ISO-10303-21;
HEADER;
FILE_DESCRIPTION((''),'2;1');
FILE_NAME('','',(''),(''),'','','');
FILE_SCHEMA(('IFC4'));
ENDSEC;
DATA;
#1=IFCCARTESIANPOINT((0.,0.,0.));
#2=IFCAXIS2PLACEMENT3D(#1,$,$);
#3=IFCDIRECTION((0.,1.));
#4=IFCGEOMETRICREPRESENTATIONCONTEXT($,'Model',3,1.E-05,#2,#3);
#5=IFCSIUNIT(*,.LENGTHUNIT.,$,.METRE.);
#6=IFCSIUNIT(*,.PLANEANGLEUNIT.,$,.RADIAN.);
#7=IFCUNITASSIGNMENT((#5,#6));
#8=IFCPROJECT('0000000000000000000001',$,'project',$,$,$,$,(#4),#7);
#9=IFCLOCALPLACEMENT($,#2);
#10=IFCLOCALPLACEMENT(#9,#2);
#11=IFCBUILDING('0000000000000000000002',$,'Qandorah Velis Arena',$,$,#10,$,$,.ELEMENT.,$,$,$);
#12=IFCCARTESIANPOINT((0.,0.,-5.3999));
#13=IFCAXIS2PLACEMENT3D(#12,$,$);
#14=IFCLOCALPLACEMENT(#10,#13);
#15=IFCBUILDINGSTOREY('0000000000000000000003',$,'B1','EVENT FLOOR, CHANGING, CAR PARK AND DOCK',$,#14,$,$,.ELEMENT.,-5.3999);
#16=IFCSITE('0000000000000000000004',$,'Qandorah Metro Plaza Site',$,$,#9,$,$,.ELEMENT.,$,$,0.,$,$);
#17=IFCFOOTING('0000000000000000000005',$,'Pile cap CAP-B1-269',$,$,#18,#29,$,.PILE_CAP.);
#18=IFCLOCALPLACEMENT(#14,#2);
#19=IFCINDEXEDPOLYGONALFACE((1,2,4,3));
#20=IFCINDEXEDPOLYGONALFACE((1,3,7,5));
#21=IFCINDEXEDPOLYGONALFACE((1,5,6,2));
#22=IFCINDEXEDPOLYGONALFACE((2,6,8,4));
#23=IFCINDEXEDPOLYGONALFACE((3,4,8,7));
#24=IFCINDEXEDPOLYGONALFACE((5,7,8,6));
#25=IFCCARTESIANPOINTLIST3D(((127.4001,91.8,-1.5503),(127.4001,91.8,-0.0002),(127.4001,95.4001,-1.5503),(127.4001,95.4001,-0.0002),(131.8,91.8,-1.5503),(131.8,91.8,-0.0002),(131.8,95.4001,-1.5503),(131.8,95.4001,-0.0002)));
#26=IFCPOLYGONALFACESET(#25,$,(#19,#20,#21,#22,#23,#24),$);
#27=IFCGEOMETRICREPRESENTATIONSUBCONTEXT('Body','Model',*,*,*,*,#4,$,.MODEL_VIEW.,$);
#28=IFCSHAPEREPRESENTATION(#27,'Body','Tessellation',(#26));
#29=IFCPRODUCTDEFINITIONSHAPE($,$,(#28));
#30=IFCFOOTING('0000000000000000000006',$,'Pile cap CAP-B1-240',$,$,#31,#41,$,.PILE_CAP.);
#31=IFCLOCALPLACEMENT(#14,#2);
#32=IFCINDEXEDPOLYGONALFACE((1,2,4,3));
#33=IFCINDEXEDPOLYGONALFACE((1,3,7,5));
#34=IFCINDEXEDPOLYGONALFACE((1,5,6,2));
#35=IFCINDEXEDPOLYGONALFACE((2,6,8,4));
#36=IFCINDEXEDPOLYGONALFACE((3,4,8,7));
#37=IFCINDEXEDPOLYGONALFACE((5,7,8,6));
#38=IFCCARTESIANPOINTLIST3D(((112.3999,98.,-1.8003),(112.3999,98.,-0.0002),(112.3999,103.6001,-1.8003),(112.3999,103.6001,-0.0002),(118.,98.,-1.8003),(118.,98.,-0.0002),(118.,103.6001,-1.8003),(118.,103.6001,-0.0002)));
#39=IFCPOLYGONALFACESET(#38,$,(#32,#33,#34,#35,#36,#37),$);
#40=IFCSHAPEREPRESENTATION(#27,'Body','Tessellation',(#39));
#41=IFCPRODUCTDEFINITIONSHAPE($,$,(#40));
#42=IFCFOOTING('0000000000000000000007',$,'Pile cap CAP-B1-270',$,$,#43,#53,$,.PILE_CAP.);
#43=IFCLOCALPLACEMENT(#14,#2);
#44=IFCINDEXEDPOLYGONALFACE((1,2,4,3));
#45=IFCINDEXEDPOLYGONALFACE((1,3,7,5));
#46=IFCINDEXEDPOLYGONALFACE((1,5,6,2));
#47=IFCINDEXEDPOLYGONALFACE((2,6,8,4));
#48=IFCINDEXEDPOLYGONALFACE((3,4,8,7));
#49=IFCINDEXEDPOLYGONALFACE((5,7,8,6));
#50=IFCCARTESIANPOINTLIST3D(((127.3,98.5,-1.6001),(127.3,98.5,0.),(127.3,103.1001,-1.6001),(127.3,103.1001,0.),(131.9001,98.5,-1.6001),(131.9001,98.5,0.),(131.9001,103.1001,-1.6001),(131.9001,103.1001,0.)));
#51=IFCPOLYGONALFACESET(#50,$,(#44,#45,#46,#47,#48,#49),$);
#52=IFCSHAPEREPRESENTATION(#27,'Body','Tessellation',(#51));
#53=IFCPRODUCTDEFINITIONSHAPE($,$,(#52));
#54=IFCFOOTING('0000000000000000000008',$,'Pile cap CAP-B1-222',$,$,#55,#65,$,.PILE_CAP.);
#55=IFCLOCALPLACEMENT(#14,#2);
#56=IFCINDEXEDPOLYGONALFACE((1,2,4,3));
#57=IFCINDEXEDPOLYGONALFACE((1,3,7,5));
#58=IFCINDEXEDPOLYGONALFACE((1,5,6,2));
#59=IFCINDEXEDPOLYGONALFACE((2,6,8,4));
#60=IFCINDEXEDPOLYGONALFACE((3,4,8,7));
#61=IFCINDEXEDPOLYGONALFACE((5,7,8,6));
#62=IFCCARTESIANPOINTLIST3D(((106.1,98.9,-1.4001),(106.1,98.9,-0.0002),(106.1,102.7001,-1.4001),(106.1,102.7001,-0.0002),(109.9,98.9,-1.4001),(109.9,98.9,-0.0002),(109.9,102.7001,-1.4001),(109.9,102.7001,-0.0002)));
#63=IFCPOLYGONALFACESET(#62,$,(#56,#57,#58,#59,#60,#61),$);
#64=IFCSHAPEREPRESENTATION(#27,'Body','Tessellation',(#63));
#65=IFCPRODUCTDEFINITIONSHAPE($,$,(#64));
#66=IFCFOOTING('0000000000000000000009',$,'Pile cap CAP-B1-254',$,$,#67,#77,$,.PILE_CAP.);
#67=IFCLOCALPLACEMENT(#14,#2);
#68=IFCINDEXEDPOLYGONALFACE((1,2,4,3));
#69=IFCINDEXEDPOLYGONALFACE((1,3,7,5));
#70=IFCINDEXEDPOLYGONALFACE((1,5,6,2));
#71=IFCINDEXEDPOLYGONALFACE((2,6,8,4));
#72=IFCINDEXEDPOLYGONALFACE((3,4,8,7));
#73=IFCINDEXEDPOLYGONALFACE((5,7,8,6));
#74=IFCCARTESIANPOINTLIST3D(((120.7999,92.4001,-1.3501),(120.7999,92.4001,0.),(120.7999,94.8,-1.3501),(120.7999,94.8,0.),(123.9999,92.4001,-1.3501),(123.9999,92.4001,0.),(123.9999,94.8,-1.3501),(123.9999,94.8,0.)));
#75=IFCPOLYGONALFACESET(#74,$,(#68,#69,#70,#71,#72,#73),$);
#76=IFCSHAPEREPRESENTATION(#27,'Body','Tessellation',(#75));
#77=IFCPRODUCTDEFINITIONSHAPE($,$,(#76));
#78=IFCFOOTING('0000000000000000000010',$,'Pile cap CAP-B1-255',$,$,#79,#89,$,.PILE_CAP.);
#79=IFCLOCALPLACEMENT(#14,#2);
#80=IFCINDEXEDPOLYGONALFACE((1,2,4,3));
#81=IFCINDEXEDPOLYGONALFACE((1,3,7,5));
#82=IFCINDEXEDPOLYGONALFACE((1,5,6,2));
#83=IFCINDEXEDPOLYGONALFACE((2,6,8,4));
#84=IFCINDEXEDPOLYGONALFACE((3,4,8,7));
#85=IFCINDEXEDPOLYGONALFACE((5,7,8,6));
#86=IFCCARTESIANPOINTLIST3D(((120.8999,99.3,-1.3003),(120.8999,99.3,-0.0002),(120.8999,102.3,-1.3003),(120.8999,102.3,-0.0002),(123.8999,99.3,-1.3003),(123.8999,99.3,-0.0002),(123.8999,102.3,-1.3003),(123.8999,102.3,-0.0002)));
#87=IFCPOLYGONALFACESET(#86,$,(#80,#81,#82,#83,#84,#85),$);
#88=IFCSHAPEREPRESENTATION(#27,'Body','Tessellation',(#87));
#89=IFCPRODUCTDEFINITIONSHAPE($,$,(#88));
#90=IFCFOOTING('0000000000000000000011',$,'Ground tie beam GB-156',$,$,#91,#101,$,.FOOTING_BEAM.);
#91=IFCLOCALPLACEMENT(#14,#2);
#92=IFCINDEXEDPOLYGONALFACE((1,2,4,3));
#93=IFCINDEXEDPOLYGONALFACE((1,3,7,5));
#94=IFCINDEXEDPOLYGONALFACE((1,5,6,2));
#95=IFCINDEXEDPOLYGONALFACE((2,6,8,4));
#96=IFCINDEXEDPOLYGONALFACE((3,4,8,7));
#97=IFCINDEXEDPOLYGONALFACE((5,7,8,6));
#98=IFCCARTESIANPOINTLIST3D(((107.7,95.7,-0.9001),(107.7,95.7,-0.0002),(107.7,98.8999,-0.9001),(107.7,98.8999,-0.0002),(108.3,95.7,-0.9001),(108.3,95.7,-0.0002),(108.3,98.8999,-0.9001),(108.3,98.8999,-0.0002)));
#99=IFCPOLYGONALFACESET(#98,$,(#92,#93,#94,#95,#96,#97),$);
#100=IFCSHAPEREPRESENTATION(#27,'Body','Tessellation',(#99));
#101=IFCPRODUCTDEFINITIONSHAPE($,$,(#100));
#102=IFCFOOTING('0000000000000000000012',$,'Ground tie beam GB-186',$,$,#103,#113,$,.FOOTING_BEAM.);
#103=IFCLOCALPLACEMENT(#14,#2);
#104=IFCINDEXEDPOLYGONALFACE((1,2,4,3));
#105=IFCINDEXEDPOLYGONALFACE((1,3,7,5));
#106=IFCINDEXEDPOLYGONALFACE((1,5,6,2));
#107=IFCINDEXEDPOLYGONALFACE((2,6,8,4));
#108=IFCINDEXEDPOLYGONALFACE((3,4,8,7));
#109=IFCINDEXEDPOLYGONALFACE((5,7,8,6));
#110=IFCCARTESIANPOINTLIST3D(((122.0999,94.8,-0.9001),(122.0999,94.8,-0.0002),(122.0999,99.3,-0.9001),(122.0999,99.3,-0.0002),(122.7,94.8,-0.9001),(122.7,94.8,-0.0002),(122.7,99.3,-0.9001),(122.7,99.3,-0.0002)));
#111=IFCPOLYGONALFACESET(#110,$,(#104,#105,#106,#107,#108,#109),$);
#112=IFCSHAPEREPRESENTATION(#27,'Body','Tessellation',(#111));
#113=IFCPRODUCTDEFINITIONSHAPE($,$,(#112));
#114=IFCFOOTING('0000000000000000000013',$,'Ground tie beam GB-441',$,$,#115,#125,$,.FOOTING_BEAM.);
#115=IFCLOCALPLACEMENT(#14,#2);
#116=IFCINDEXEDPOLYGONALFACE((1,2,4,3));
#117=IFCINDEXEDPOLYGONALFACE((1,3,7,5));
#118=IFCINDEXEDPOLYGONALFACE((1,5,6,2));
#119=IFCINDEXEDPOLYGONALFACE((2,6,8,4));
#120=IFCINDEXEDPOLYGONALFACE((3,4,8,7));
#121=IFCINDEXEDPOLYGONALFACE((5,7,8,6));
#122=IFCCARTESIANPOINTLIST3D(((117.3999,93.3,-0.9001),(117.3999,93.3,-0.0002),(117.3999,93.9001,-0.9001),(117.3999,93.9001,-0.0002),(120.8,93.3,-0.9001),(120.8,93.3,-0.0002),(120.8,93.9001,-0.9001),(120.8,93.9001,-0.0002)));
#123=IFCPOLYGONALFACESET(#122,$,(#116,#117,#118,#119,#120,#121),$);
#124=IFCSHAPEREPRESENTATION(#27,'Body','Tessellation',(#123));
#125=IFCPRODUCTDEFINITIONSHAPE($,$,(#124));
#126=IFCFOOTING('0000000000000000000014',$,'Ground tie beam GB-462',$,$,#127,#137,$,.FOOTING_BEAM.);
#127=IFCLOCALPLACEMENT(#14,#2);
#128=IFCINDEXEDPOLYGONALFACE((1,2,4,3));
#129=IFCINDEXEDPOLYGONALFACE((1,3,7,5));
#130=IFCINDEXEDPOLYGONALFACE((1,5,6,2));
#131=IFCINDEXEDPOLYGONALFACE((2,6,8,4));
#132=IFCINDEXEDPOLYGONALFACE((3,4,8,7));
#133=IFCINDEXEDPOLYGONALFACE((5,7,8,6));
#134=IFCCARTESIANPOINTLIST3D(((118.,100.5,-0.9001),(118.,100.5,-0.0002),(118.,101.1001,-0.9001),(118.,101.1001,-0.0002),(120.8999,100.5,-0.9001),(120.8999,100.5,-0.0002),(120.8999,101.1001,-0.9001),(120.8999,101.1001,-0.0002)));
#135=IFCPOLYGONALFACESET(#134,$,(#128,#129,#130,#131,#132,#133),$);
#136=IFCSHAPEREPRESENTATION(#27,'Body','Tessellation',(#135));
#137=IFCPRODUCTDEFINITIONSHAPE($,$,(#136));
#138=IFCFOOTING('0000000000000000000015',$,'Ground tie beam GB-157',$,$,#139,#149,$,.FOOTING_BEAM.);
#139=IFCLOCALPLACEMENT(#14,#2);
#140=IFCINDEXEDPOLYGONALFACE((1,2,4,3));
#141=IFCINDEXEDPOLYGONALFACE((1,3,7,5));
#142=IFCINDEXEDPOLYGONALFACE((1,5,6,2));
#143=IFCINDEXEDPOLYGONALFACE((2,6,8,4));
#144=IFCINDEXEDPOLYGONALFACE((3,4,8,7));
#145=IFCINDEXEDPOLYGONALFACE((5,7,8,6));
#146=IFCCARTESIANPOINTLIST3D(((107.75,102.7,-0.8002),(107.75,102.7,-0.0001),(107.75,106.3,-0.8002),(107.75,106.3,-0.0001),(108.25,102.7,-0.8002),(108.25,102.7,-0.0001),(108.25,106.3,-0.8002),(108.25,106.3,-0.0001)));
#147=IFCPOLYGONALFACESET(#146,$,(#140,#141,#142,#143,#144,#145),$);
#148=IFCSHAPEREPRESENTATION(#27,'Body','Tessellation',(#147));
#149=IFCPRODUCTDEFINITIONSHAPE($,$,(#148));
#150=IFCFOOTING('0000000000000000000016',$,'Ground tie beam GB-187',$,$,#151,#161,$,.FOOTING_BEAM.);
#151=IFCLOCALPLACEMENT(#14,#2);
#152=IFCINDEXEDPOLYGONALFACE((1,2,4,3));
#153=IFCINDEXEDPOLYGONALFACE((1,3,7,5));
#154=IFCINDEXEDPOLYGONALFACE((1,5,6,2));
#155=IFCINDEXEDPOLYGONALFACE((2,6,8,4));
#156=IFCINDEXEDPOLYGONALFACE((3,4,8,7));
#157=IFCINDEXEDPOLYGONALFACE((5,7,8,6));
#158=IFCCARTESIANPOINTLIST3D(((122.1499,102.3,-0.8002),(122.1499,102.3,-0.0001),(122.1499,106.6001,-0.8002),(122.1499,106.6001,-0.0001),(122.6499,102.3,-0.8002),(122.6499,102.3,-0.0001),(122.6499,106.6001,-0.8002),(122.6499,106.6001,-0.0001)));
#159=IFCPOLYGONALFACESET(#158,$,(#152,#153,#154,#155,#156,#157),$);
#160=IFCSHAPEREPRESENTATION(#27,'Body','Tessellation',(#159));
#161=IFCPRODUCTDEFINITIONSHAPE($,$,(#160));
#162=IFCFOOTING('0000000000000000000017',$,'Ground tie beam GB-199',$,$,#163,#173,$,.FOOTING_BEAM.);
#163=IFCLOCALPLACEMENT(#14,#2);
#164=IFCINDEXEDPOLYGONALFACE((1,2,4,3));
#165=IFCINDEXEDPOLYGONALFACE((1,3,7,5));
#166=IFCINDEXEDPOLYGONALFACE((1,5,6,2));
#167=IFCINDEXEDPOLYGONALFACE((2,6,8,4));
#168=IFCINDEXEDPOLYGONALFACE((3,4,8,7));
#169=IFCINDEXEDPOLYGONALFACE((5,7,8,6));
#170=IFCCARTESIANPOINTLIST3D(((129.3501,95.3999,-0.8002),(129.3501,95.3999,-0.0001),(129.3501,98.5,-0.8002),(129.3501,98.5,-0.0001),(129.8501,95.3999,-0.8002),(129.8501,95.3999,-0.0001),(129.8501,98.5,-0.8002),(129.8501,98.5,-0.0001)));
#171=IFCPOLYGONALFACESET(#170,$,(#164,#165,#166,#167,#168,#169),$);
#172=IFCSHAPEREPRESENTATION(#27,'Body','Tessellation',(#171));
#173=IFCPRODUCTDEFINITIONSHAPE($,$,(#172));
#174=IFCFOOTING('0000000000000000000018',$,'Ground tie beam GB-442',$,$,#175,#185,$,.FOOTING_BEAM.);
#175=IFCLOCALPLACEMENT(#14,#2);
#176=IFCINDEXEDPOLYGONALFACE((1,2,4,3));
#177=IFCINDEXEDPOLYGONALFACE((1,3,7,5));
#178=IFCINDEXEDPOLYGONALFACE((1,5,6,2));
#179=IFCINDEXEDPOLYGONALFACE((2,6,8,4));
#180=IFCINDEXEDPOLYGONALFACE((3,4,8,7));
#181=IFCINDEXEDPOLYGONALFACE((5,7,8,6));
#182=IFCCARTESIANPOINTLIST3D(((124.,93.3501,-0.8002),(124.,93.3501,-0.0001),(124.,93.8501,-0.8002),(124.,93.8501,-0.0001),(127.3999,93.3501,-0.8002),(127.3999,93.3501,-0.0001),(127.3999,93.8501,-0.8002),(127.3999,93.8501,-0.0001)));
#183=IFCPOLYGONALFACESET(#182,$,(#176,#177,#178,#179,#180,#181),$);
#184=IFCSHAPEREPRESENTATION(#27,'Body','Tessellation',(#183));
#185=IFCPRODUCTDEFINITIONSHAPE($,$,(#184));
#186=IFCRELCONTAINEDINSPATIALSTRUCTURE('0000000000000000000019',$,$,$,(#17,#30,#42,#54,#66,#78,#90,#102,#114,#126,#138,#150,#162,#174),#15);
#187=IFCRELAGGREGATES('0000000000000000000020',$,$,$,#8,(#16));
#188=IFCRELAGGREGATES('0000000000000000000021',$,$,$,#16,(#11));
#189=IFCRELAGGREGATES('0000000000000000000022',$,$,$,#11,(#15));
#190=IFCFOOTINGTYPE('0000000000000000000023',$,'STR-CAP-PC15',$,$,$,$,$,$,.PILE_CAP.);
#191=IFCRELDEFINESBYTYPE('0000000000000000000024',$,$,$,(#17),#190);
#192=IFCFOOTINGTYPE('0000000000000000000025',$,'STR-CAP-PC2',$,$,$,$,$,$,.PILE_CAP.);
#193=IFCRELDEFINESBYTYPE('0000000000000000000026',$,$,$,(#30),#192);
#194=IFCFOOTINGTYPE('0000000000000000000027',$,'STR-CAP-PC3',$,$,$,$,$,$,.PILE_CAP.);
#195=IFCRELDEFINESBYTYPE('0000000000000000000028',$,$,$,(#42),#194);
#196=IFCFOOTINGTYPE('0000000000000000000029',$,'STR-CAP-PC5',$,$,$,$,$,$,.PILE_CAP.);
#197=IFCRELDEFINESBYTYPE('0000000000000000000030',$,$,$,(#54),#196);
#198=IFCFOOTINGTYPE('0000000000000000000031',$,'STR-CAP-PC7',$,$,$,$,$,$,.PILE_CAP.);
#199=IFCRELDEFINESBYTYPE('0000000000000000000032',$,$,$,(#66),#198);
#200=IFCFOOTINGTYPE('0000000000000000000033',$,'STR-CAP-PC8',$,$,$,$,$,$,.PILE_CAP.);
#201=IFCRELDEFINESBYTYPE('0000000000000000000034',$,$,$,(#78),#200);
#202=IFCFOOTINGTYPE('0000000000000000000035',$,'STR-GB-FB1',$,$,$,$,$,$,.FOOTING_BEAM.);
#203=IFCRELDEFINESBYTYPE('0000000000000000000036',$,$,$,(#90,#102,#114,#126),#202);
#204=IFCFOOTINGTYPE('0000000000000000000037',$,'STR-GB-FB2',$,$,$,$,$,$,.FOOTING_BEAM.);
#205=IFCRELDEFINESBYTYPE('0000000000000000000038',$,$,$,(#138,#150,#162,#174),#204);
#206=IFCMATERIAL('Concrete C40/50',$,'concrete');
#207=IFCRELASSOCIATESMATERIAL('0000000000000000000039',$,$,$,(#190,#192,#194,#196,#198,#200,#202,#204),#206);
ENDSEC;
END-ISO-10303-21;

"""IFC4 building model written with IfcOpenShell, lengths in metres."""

from ifc_helpers import new_model, si_unit, direction, frame, origin, origin_2d, place, context, subcontext, project, spatial, rectangle, extrude, material, material_profile, profile_set, type_object, element, save


model = new_model("IFC4")

# Units and contexts
model_context = context("Model", 3, precision=1e-05, world=origin(), true_north=direction((0.0, 1.0)))
body_context = subcontext(model_context, "Body", "Model", "MODEL_VIEW")
ifc_project = project(units=[si_unit("LENGTHUNIT", "METRE"), si_unit("PLANEANGLEUNIT", "RADIAN")], contexts=[model_context])

# Site, building, storey
site_placement = place(None, origin())
site = spatial("IfcSite", under=ifc_project, at=site_placement, Name="Qandorah Metro Plaza Site", CompositionType="ELEMENT", RefElevation=0.0)
building_placement = place(site_placement, origin())
building = spatial("IfcBuilding", under=site, at=building_placement, Name="Qandorah Velis Arena", CompositionType="ELEMENT")
storey_placement = place(building_placement, frame((0.0, 0.0, -5.3999)))
storey = spatial("IfcBuildingStorey", under=building, at=storey_placement, Name="B1", Description="EVENT FLOOR, CHANGING, CAR PARK AND DOCK", CompositionType="ELEMENT", Elevation=-5.3999)

# Footings
ifc_material_1 = material(Name="Concrete C40/50", Category="concrete")
footing_type_1 = type_object("IfcFootingType", Name="STR-CAP-PC15", PredefinedType="PILE_CAP", material=ifc_material_1)
footing_1_placement = place(storey_placement, frame((129.6001, 93.6001, -1.5503), z_axis=(0.0, 0.0, 1.0), x_axis=(1.0, 0.0, 0.0)))
element("IfcFooting", 1, at=footing_1_placement, inside=storey, type_object=footing_type_1, Name="Pile cap CAP-B1-269", PredefinedType="PILE_CAP", context=body_context, shape_type="SweptSolid", body=[
    extrude(rectangle(XDim=4.3999, YDim=3.6001, at=origin_2d()), origin(), (0.0, 0.0, 1.0), 1.55),
])
footing_type_2 = type_object("IfcFootingType", Name="STR-CAP-PC2", PredefinedType="PILE_CAP", material=ifc_material_1)
footing_2_placement = place(storey_placement, frame((115.2, 100.8, -1.8003), z_axis=(0.0, 0.0, 1.0), x_axis=(1.0, 0.0, 0.0)))
element("IfcFooting", 2, at=footing_2_placement, inside=storey, type_object=footing_type_2, Name="Pile cap CAP-B1-240", PredefinedType="PILE_CAP", context=body_context, shape_type="SweptSolid", body=[
    extrude(rectangle(XDim=5.6001, YDim=5.6001, at=origin_2d()), origin(), (0.0, 0.0, 1.0), 1.8),
])
footing_type_3 = type_object("IfcFootingType", Name="STR-CAP-PC3", PredefinedType="PILE_CAP", material=ifc_material_1)
footing_3_placement = place(storey_placement, frame((129.6001, 100.8, -1.6001), z_axis=(0.0, 0.0, 1.0), x_axis=(1.0, 0.0, 0.0)))
element("IfcFooting", 3, at=footing_3_placement, inside=storey, type_object=footing_type_3, Name="Pile cap CAP-B1-270", PredefinedType="PILE_CAP", context=body_context, shape_type="SweptSolid", body=[
    extrude(rectangle(XDim=4.6001, YDim=4.6001, at=origin_2d()), origin(), (0.0, 0.0, 1.0), 1.6001),
])
footing_type_4 = type_object("IfcFootingType", Name="STR-CAP-PC5", PredefinedType="PILE_CAP", material=ifc_material_1)
footing_4_placement = place(storey_placement, frame((108.0, 100.8, -1.4001), z_axis=(0.0, 0.0, 1.0), x_axis=(1.0, 0.0, 0.0)))
element("IfcFooting", 4, at=footing_4_placement, inside=storey, type_object=footing_type_4, Name="Pile cap CAP-B1-222", PredefinedType="PILE_CAP", context=body_context, shape_type="SweptSolid", body=[
    extrude(rectangle(XDim=3.8, YDim=3.8, at=origin_2d()), origin(), (0.0, 0.0, 1.0), 1.3999),
])
footing_type_5 = type_object("IfcFootingType", Name="STR-CAP-PC7", PredefinedType="PILE_CAP", material=ifc_material_1)
footing_5_placement = place(storey_placement, frame((122.3999, 93.6001, -1.3501), z_axis=(0.0, 0.0, 1.0), x_axis=(1.0, 0.0, 0.0)))
element("IfcFooting", 5, at=footing_5_placement, inside=storey, type_object=footing_type_5, Name="Pile cap CAP-B1-254", PredefinedType="PILE_CAP", context=body_context, shape_type="SweptSolid", body=[
    extrude(rectangle(XDim=3.2, YDim=2.3999, at=origin_2d()), origin(), (0.0, 0.0, 1.0), 1.3501),
])
footing_type_6 = type_object("IfcFootingType", Name="STR-CAP-PC8", PredefinedType="PILE_CAP", material=ifc_material_1)
footing_6_placement = place(storey_placement, frame((122.3999, 100.8, -1.3003), z_axis=(0.0, 0.0, 1.0), x_axis=(1.0, 0.0, 0.0)))
element("IfcFooting", 6, at=footing_6_placement, inside=storey, type_object=footing_type_6, Name="Pile cap CAP-B1-255", PredefinedType="PILE_CAP", context=body_context, shape_type="SweptSolid", body=[
    extrude(rectangle(XDim=3.0, YDim=3.0, at=origin_2d()), origin(), (0.0, 0.0, 1.0), 1.3),
])
ifc_material_profile_1 = material_profile(ifc_material_1, rectangle(XDim=0.6001, YDim=0.8999, at=origin_2d()), Name="GB1 600x900")
ifc_profile_set_1 = profile_set([ifc_material_profile_1], Name="Concrete C40/50")
footing_type_7 = type_object("IfcFootingType", Name="STR-GB-FB1", PredefinedType="FOOTING_BEAM", material=ifc_profile_set_1)
footing_7_placement = place(storey_placement, frame((108.0, 95.7, -0.4502), z_axis=(0.0, 1.0, 0.0), x_axis=(-1.0, 0.0, 0.0)))
element("IfcFooting", 7, at=footing_7_placement, inside=storey, type_object=footing_type_7, Name="Ground tie beam GB-156", PredefinedType="FOOTING_BEAM", context=body_context, shape_type="SweptSolid", body=[
    extrude(rectangle(XDim=0.6001, YDim=0.8999, at=origin_2d()), origin(), (0.0, 0.0, 1.0), 3.2),
])
footing_8_placement = place(storey_placement, frame((122.3999, 94.8, -0.4502), z_axis=(0.0, 1.0, 0.0), x_axis=(-1.0, 0.0, 0.0)))
element("IfcFooting", 8, at=footing_8_placement, inside=storey, type_object=footing_type_7, Name="Ground tie beam GB-186", PredefinedType="FOOTING_BEAM", context=body_context, shape_type="SweptSolid", body=[
    extrude(rectangle(XDim=0.6001, YDim=0.8999, at=origin_2d()), origin(), (0.0, 0.0, 1.0), 4.5),
])
footing_9_placement = place(storey_placement, frame((117.3999, 93.6001, -0.4502), z_axis=(1.0, 0.0, 0.0), x_axis=(0.0, 1.0, 0.0)))
element("IfcFooting", 9, at=footing_9_placement, inside=storey, type_object=footing_type_7, Name="Ground tie beam GB-441", PredefinedType="FOOTING_BEAM", context=body_context, shape_type="SweptSolid", body=[
    extrude(rectangle(XDim=0.6001, YDim=0.8999, at=origin_2d()), origin(), (0.0, 0.0, 1.0), 3.4001),
])
footing_10_placement = place(storey_placement, frame((118.0, 100.8, -0.4502), z_axis=(1.0, 0.0, 0.0), x_axis=(0.0, 1.0, 0.0)))
element("IfcFooting", 10, at=footing_10_placement, inside=storey, type_object=footing_type_7, Name="Ground tie beam GB-462", PredefinedType="FOOTING_BEAM", context=body_context, shape_type="SweptSolid", body=[
    extrude(rectangle(XDim=0.6001, YDim=0.8999, at=origin_2d()), origin(), (0.0, 0.0, 1.0), 2.8999),
])
ifc_material_profile_2 = material_profile(ifc_material_1, rectangle(XDim=0.5, YDim=0.8, at=origin_2d()), Name="GB2 500x800")
ifc_profile_set_2 = profile_set([ifc_material_profile_2], Name="Concrete C40/50")
footing_type_8 = type_object("IfcFootingType", Name="STR-GB-FB2", PredefinedType="FOOTING_BEAM", material=ifc_profile_set_2)
footing_11_placement = place(storey_placement, frame((108.0, 102.7, -0.4001), z_axis=(0.0, 1.0, 0.0), x_axis=(-1.0, 0.0, 0.0)))
element("IfcFooting", 11, at=footing_11_placement, inside=storey, type_object=footing_type_8, Name="Ground tie beam GB-157", PredefinedType="FOOTING_BEAM", context=body_context, shape_type="SweptSolid", body=[
    extrude(rectangle(XDim=0.5, YDim=0.8, at=origin_2d()), origin(), (0.0, 0.0, 1.0), 3.6001),
])
footing_12_placement = place(storey_placement, frame((122.3999, 102.3, -0.4001), z_axis=(0.0, 1.0, 0.0), x_axis=(-1.0, 0.0, 0.0)))
element("IfcFooting", 12, at=footing_12_placement, inside=storey, type_object=footing_type_8, Name="Ground tie beam GB-187", PredefinedType="FOOTING_BEAM", context=body_context, shape_type="SweptSolid", body=[
    extrude(rectangle(XDim=0.5, YDim=0.8, at=origin_2d()), origin(), (0.0, 0.0, 1.0), 4.3),
])
footing_13_placement = place(storey_placement, frame((129.6001, 95.3999, -0.4001), z_axis=(0.0, 1.0, 0.0), x_axis=(-1.0, 0.0, 0.0)))
element("IfcFooting", 13, at=footing_13_placement, inside=storey, type_object=footing_type_8, Name="Ground tie beam GB-199", PredefinedType="FOOTING_BEAM", context=body_context, shape_type="SweptSolid", body=[
    extrude(rectangle(XDim=0.5, YDim=0.8, at=origin_2d()), origin(), (0.0, 0.0, 1.0), 3.1001),
])
footing_14_placement = place(storey_placement, frame((124.0, 93.6001, -0.4001), z_axis=(1.0, 0.0, 0.0), x_axis=(0.0, 1.0, 0.0)))
element("IfcFooting", 14, at=footing_14_placement, inside=storey, type_object=footing_type_8, Name="Ground tie beam GB-442", PredefinedType="FOOTING_BEAM", context=body_context, shape_type="SweptSolid", body=[
    extrude(rectangle(XDim=0.5, YDim=0.8, at=origin_2d()), origin(), (0.0, 0.0, 1.0), 3.3999),
])

save(model, "model.ifc")
